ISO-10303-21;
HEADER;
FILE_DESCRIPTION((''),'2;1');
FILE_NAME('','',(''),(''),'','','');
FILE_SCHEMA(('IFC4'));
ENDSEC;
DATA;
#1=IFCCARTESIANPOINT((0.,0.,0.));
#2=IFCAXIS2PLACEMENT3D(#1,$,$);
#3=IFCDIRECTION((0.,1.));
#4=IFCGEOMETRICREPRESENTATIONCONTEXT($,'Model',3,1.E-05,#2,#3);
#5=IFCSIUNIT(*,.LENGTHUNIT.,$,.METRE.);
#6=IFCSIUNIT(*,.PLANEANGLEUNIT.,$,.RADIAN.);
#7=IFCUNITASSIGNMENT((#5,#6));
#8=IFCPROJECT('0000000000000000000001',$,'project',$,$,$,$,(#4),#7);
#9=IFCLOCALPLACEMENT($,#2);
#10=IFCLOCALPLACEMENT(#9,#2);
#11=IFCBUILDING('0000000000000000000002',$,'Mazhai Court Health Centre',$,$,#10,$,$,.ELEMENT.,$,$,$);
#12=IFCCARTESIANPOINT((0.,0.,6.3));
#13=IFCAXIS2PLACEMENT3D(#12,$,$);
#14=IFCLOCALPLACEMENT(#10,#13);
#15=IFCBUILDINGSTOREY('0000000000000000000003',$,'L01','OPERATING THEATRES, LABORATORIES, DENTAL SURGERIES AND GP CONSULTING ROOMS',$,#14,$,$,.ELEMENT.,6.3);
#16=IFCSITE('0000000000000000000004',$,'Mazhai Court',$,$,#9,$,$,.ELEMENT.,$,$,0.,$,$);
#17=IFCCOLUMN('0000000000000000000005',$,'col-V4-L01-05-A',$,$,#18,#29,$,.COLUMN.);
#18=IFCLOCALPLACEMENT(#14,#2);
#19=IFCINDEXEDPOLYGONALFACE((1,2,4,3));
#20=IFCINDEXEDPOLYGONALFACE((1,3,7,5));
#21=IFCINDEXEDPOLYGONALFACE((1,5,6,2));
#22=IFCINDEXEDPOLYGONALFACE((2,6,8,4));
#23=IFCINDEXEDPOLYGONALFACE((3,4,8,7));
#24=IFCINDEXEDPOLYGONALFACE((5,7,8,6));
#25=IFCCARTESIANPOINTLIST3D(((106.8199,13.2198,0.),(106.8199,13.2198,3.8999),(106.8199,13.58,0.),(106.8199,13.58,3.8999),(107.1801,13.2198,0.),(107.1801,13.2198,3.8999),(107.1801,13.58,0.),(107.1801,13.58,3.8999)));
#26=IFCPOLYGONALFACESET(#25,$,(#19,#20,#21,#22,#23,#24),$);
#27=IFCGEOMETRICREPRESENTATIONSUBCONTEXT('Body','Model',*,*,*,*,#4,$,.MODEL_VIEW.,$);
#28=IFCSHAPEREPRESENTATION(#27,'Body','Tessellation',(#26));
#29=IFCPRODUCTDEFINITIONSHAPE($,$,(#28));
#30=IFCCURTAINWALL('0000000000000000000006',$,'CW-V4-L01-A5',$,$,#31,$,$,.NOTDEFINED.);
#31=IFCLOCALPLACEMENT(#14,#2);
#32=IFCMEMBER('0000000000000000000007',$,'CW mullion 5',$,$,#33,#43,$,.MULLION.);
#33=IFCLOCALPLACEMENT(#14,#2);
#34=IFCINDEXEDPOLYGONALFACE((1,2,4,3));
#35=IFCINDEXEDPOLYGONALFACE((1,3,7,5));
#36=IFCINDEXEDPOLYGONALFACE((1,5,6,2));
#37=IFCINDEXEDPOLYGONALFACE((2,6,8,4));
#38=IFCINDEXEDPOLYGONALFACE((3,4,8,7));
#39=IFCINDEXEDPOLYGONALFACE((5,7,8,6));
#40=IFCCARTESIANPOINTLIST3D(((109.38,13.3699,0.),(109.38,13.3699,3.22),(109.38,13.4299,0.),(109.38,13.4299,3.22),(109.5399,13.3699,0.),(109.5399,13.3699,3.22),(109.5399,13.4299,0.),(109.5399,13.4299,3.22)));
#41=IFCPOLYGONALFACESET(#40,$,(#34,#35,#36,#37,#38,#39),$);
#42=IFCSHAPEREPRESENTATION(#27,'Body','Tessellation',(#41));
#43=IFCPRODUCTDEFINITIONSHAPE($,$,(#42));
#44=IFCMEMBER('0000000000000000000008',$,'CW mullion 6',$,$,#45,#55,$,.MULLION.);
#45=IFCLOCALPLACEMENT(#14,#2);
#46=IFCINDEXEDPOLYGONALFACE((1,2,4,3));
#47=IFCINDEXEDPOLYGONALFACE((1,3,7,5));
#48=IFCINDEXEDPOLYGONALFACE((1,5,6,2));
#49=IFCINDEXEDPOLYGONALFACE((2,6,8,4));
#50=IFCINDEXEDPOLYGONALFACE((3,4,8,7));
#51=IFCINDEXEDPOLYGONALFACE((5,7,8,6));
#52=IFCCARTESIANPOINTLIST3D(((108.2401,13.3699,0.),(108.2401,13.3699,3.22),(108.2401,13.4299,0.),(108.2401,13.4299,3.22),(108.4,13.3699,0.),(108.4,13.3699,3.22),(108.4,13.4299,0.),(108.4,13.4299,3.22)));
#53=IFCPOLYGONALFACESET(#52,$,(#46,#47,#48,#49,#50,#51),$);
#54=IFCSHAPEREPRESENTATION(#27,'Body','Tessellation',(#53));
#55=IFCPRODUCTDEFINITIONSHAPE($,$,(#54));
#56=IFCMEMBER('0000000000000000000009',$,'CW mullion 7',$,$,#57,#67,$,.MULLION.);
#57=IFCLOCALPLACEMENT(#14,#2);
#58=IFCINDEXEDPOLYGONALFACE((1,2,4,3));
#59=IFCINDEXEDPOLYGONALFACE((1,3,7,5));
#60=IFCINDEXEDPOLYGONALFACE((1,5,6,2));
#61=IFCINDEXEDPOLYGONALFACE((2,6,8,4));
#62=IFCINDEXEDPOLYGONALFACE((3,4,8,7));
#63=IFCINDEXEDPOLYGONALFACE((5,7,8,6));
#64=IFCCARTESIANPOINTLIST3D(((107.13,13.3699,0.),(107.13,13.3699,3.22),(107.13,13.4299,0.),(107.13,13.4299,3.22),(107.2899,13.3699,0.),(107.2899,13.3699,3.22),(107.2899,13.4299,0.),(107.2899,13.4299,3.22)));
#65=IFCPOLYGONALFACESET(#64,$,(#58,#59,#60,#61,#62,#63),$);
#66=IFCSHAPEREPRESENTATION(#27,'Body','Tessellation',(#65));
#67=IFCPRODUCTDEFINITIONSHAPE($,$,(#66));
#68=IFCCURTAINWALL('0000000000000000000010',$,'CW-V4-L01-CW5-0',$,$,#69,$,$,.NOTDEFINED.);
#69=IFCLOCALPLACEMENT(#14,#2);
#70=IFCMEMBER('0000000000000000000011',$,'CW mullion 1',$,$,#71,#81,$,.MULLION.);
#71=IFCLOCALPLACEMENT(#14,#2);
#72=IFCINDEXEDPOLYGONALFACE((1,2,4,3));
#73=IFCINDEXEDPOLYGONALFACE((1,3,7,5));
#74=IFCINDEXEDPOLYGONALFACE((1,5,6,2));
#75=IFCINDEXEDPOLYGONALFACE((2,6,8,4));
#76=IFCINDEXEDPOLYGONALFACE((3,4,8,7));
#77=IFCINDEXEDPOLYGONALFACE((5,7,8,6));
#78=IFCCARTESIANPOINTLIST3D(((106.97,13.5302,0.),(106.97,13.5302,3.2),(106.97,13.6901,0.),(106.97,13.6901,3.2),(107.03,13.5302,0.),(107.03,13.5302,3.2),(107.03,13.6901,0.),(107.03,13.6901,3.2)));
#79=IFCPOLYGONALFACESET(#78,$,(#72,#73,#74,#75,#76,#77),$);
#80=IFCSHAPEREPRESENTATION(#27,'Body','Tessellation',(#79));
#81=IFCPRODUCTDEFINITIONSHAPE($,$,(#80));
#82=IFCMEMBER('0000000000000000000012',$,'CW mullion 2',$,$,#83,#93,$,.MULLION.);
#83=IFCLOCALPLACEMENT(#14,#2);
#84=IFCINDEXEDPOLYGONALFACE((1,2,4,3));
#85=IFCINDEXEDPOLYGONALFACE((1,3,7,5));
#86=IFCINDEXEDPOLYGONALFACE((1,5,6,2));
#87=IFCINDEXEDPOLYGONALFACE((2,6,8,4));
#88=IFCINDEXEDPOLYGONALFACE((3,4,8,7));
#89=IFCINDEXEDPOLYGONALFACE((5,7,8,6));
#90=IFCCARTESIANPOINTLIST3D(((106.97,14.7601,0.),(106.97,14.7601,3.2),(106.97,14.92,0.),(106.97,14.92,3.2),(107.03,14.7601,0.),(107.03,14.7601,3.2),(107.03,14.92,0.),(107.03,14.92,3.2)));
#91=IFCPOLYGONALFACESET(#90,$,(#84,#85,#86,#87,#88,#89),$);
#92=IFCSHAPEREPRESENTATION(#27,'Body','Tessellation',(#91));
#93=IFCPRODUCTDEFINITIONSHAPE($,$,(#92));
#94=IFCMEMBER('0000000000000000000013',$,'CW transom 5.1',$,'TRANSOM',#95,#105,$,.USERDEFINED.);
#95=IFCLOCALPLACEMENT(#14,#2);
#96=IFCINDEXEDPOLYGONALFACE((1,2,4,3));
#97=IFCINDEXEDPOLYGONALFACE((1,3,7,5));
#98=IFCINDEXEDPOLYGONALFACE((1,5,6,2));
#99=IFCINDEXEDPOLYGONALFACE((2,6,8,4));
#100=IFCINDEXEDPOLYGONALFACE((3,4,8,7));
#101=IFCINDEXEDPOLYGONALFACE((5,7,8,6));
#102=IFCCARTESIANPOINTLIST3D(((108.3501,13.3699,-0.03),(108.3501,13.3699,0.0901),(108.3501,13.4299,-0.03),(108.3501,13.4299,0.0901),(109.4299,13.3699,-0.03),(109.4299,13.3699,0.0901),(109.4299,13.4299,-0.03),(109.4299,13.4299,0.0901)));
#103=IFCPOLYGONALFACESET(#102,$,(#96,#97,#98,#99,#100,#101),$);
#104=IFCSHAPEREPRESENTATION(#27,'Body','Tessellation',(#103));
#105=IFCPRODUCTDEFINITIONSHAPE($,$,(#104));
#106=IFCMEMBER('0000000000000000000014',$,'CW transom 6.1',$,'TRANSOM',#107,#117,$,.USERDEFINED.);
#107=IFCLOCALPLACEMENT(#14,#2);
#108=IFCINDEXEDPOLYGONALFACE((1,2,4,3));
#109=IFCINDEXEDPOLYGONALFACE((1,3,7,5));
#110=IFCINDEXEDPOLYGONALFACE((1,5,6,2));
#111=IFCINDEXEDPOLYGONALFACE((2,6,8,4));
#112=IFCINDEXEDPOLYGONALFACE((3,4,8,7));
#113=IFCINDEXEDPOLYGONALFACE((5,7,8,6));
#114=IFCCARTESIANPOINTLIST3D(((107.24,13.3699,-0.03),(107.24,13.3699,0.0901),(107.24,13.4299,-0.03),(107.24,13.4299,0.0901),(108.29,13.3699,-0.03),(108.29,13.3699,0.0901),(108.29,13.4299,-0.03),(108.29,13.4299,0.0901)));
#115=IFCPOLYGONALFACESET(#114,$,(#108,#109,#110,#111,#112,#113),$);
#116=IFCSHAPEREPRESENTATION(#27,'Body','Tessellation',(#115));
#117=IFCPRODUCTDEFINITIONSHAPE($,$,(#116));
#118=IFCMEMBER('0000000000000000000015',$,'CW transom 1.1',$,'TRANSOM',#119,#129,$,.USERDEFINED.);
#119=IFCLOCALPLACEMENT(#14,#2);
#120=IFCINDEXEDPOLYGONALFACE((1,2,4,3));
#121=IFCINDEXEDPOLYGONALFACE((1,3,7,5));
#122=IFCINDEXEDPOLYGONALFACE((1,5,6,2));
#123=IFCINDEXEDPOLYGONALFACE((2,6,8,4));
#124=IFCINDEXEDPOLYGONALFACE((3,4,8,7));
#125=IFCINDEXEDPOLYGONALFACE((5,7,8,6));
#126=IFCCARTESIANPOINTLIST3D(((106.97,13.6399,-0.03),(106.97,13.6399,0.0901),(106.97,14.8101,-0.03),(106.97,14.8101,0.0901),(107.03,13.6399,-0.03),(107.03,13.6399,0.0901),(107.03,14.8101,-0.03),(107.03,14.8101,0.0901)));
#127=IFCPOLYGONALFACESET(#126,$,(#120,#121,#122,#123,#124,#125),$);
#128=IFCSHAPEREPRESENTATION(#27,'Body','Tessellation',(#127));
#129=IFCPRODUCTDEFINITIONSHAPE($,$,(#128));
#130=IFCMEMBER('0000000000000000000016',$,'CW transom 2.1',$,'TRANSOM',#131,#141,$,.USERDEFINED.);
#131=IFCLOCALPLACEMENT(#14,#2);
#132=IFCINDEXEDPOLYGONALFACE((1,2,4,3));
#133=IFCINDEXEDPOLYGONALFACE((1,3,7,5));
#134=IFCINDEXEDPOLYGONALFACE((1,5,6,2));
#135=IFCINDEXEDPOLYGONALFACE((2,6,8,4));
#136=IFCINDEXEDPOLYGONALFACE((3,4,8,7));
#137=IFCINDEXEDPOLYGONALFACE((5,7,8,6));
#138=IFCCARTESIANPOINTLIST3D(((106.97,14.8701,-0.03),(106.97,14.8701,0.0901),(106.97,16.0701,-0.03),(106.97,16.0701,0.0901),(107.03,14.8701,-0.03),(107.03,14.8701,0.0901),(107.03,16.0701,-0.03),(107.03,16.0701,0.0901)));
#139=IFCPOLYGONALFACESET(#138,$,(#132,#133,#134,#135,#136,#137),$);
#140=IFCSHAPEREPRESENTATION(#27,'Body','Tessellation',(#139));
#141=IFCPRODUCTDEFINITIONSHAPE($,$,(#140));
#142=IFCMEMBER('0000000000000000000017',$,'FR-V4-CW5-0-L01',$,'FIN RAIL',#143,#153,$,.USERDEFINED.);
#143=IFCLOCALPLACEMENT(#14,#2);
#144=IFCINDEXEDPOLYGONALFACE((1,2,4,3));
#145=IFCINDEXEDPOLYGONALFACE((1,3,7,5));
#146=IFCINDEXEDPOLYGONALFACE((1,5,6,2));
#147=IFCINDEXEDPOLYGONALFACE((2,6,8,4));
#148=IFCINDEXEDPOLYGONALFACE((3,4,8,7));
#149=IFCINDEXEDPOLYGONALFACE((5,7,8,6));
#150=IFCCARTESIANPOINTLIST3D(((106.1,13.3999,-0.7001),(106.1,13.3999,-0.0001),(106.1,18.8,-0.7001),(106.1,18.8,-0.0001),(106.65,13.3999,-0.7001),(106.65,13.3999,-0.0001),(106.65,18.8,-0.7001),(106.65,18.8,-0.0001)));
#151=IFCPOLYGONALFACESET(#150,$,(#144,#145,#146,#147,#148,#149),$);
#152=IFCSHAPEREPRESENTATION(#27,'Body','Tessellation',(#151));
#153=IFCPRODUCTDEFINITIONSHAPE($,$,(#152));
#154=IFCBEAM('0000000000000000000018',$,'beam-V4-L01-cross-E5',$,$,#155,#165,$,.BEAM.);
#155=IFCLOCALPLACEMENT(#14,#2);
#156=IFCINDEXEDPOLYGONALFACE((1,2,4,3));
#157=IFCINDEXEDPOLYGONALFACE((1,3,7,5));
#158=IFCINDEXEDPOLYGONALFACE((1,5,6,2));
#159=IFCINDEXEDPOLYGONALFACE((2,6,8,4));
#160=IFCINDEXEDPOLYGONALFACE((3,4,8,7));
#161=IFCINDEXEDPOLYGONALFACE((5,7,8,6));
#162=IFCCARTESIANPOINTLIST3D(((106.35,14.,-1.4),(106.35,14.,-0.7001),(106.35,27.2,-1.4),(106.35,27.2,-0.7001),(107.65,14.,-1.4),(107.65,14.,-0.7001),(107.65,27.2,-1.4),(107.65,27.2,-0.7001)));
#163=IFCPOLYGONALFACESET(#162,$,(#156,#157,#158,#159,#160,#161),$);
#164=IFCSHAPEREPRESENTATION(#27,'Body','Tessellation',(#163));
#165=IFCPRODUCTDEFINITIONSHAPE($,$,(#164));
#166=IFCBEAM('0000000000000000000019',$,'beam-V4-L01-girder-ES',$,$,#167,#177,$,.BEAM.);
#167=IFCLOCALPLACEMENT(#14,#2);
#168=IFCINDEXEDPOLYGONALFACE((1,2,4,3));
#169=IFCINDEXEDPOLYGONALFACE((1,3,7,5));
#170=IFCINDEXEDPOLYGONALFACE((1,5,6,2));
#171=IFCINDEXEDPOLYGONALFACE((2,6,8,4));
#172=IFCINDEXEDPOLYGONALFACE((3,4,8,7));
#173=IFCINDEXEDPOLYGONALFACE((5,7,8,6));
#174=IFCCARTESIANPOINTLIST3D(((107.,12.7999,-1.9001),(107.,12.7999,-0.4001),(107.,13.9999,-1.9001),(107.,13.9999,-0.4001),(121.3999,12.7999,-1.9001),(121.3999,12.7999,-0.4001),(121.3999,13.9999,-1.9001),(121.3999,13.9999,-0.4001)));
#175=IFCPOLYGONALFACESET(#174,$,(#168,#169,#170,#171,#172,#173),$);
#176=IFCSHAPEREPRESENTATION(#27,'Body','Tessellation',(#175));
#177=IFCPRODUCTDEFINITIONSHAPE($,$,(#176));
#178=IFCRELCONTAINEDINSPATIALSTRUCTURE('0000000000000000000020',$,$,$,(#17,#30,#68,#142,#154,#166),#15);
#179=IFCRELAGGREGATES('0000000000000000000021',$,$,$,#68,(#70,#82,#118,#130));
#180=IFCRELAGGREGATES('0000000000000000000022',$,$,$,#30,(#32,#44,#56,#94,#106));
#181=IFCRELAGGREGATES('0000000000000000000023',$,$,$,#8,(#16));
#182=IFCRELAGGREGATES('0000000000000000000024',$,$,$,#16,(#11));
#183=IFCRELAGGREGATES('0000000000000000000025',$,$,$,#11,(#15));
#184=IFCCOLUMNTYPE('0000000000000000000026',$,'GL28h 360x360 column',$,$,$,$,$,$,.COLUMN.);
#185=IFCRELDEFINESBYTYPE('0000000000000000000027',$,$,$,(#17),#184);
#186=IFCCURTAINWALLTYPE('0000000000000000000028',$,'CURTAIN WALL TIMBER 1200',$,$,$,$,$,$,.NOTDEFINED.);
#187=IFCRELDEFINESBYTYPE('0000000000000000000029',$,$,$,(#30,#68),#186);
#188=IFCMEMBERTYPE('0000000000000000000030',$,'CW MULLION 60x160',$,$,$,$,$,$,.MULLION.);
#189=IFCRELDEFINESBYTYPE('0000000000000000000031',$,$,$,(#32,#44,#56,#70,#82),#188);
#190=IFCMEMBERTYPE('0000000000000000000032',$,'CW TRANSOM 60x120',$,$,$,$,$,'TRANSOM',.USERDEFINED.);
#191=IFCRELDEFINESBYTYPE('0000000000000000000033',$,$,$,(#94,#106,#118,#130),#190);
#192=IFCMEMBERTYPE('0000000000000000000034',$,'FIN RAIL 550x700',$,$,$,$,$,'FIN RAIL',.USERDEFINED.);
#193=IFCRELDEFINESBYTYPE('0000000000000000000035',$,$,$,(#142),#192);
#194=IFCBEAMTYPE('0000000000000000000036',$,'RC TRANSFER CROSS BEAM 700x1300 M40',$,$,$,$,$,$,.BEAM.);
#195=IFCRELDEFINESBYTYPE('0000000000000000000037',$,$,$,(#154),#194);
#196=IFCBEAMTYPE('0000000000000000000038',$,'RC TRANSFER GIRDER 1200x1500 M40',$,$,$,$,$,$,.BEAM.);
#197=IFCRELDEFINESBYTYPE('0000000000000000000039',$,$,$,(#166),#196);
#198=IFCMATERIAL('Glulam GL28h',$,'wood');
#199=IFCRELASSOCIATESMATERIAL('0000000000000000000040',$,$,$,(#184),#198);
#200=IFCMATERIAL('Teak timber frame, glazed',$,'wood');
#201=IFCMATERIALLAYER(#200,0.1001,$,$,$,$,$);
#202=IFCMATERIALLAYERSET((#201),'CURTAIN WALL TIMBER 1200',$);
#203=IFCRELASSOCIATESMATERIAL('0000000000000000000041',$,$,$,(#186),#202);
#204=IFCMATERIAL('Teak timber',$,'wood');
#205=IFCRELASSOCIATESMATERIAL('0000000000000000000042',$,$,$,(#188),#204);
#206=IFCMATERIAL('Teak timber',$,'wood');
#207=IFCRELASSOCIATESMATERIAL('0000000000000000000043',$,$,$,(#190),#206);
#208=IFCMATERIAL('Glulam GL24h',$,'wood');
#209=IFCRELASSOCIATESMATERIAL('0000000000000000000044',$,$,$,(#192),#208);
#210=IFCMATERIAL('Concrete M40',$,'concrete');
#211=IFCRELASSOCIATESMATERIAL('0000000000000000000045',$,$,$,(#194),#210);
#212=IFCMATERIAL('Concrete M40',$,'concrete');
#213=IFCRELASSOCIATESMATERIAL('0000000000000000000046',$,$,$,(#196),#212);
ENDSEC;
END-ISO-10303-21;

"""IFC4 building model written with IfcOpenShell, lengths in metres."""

from ifc_helpers import new_model, si_unit, direction, frame, origin, origin_2d, place, context, subcontext, project, spatial, rectangle, extrude, material, layer, layer_set, material_profile, profile_set, type_object, element, aggregate, save


model = new_model("IFC4")

# Units and contexts
model_context = context("Model", 3, precision=1e-05, world=origin(), true_north=direction((0.0, 1.0)))
body_context = subcontext(model_context, "Body", "Model", "MODEL_VIEW")
ifc_project = project(units=[si_unit("LENGTHUNIT", "METRE"), si_unit("PLANEANGLEUNIT", "RADIAN")], contexts=[model_context])

# Site, building, storey
site_placement = place(None, origin())
site = spatial("IfcSite", under=ifc_project, at=site_placement, Name="Mazhai Court", CompositionType="ELEMENT", RefElevation=0.0)
building_placement = place(site_placement, origin())
building = spatial("IfcBuilding", under=site, at=building_placement, Name="Mazhai Court Health Centre", CompositionType="ELEMENT")
storey_placement = place(building_placement, frame((0.0, 0.0, 6.3)))
storey = spatial("IfcBuildingStorey", under=building, at=storey_placement, Name="L01", Description="OPERATING THEATRES, LABORATORIES, DENTAL SURGERIES AND GP CONSULTING ROOMS", CompositionType="ELEMENT", Elevation=6.3)

# Column
ifc_material_1 = material(Name="Glulam GL28h", Category="wood")
ifc_material_profile_1 = material_profile(ifc_material_1, rectangle(XDim=0.3601, YDim=0.3601, at=origin_2d()), Name="GL28h 360x360")
ifc_profile_set_1 = profile_set([ifc_material_profile_1], Name="Glulam GL28h")
column_type = type_object("IfcColumnType", Name="GL28h 360x360 column", PredefinedType="COLUMN", material=ifc_profile_set_1)
column_placement = place(storey_placement, frame((107.0, 13.3999, 0.0), z_axis=(0.0, 0.0, 1.0), x_axis=(1.0, 0.0, 0.0)))
element("IfcColumn", 1, at=column_placement, inside=storey, type_object=column_type, Name="col-V4-L01-05-A", PredefinedType="COLUMN", context=body_context, shape_type="SweptSolid", body=[
    extrude(rectangle(XDim=0.3601, YDim=0.3601, at=origin_2d()), origin(), (0.0, 0.0, 1.0), 3.8999),
])

# Curtain walls, members
ifc_material_2 = material(Name="Teak timber frame, glazed", Category="wood")
ifc_layer_1 = layer(ifc_material_2, 0.1001)
ifc_layer_set_1 = layer_set([ifc_layer_1], Name="CURTAIN WALL TIMBER 1200")
curtain_wall_type = type_object("IfcCurtainWallType", Name="CURTAIN WALL TIMBER 1200", PredefinedType="NOTDEFINED", material=ifc_layer_set_1)
curtain_wall_1_placement = place(storey_placement, origin())
curtain_wall_1 = element("IfcCurtainWall", 2, at=curtain_wall_1_placement, inside=storey, type_object=curtain_wall_type, Name="CW-V4-L01-A5", PredefinedType="NOTDEFINED")
ifc_material_3 = material(Name="Teak timber", Category="wood")
ifc_material_profile_2 = material_profile(ifc_material_3, rectangle(XDim=0.0601, YDim=0.1599, at=origin_2d()), Name="CW MULLION 60x160")
ifc_profile_set_2 = profile_set([ifc_material_profile_2], Name="Teak timber")
member_type_1 = type_object("IfcMemberType", Name="CW MULLION 60x160", PredefinedType="MULLION", material=ifc_profile_set_2)
member_1_placement = place(storey_placement, frame((109.46, 13.3999, 0.0), z_axis=(0.0, 0.0, 1.0), x_axis=(0.0, -1.0, 0.0)))
member_1 = element("IfcMember", 3, at=member_1_placement, type_object=member_type_1, Name="CW mullion 5", PredefinedType="MULLION", context=body_context, shape_type="SweptSolid", body=[
    extrude(rectangle(XDim=0.0601, YDim=0.1599, at=origin_2d()), origin(), (0.0, 0.0, 1.0), 3.22),
])
member_2_placement = place(storey_placement, frame((108.3201, 13.3999, 0.0), z_axis=(0.0, 0.0, 1.0), x_axis=(0.0, -1.0, 0.0)))
member_2 = element("IfcMember", 4, at=member_2_placement, type_object=member_type_1, Name="CW mullion 6", PredefinedType="MULLION", context=body_context, shape_type="SweptSolid", body=[
    extrude(rectangle(XDim=0.0601, YDim=0.1599, at=origin_2d()), origin(), (0.0, 0.0, 1.0), 3.22),
])
member_3_placement = place(storey_placement, frame((107.21, 13.3999, 0.0), z_axis=(0.0, 0.0, 1.0), x_axis=(0.0, -1.0, 0.0)))
member_3 = element("IfcMember", 5, at=member_3_placement, type_object=member_type_1, Name="CW mullion 7", PredefinedType="MULLION", context=body_context, shape_type="SweptSolid", body=[
    extrude(rectangle(XDim=0.0601, YDim=0.1599, at=origin_2d()), origin(), (0.0, 0.0, 1.0), 3.22),
])
curtain_wall_2_placement = place(storey_placement, origin())
curtain_wall_2 = element("IfcCurtainWall", 6, at=curtain_wall_2_placement, inside=storey, type_object=curtain_wall_type, Name="CW-V4-L01-CW5-0", PredefinedType="NOTDEFINED")
member_4_placement = place(storey_placement, frame((107.0, 13.6101, 0.0), z_axis=(0.0, 0.0, 1.0), x_axis=(-1.0, 0.0, 0.0)))
member_4 = element("IfcMember", 7, at=member_4_placement, type_object=member_type_1, Name="CW mullion 1", PredefinedType="MULLION", context=body_context, shape_type="SweptSolid", body=[
    extrude(rectangle(XDim=0.0601, YDim=0.1599, at=origin_2d()), origin(), (0.0, 0.0, 1.0), 3.2),
])
member_5_placement = place(storey_placement, frame((107.0, 14.8401, 0.0), z_axis=(0.0, 0.0, 1.0), x_axis=(-1.0, 0.0, 0.0)))
member_5 = element("IfcMember", 8, at=member_5_placement, type_object=member_type_1, Name="CW mullion 2", PredefinedType="MULLION", context=body_context, shape_type="SweptSolid", body=[
    extrude(rectangle(XDim=0.0601, YDim=0.1599, at=origin_2d()), origin(), (0.0, 0.0, 1.0), 3.2),
])

# Members
ifc_material_4 = material(Name="Teak timber", Category="wood")
ifc_material_profile_3 = material_profile(ifc_material_4, rectangle(XDim=0.0601, YDim=0.1201, at=origin_2d()), Name="CW TRANSOM 60x120")
ifc_profile_set_3 = profile_set([ifc_material_profile_3], Name="Teak timber")
member_type_2 = type_object("IfcMemberType", Name="CW TRANSOM 60x120", ElementType="TRANSOM", PredefinedType="USERDEFINED", material=ifc_profile_set_3)
member_6_placement = place(storey_placement, frame((109.4299, 13.3999, 0.03), z_axis=(-1.0, 0.0, 0.0), x_axis=(0.0, -1.0, 0.0)))
member_6 = element("IfcMember", 9, at=member_6_placement, type_object=member_type_2, Name="CW transom 5.1", ObjectType="TRANSOM", PredefinedType="USERDEFINED", context=body_context, shape_type="SweptSolid", body=[
    extrude(rectangle(XDim=0.0601, YDim=0.1201, at=origin_2d()), origin(), (0.0, 0.0, 1.0), 1.0798),
])
member_7_placement = place(storey_placement, frame((108.29, 13.3999, 0.03), z_axis=(-1.0, 0.0, 0.0), x_axis=(0.0, -1.0, 0.0)))
member_7 = element("IfcMember", 10, at=member_7_placement, type_object=member_type_2, Name="CW transom 6.1", ObjectType="TRANSOM", PredefinedType="USERDEFINED", context=body_context, shape_type="SweptSolid", body=[
    extrude(rectangle(XDim=0.0601, YDim=0.1201, at=origin_2d()), origin(), (0.0, 0.0, 1.0), 1.05),
])
member_8_placement = place(storey_placement, frame((107.0, 13.6399, 0.03), z_axis=(0.0, 1.0, 0.0), x_axis=(-1.0, 0.0, 0.0)))
member_8 = element("IfcMember", 11, at=member_8_placement, type_object=member_type_2, Name="CW transom 1.1", ObjectType="TRANSOM", PredefinedType="USERDEFINED", context=body_context, shape_type="SweptSolid", body=[
    extrude(rectangle(XDim=0.0601, YDim=0.1201, at=origin_2d()), origin(), (0.0, 0.0, 1.0), 1.1702),
])
member_9_placement = place(storey_placement, frame((107.0, 14.8701, 0.03), z_axis=(0.0, 1.0, 0.0), x_axis=(-1.0, 0.0, 0.0)))
member_9 = element("IfcMember", 12, at=member_9_placement, type_object=member_type_2, Name="CW transom 2.1", ObjectType="TRANSOM", PredefinedType="USERDEFINED", context=body_context, shape_type="SweptSolid", body=[
    extrude(rectangle(XDim=0.0601, YDim=0.1201, at=origin_2d()), origin(), (0.0, 0.0, 1.0), 1.2),
])
aggregate(curtain_wall_2, [member_4, member_5, member_8, member_9])
ifc_material_5 = material(Name="Glulam GL24h", Category="wood")
ifc_material_profile_4 = material_profile(ifc_material_5, rectangle(XDim=0.55, YDim=0.7, at=origin_2d()), Name="FIN RAIL 550x700")
ifc_profile_set_4 = profile_set([ifc_material_profile_4], Name="Glulam GL24h")
member_type_3 = type_object("IfcMemberType", Name="FIN RAIL 550x700", ElementType="FIN RAIL", PredefinedType="USERDEFINED", material=ifc_profile_set_4)
member_10_placement = place(storey_placement, frame((106.375, 13.3999, -0.3501), z_axis=(0.0, 1.0, 0.0), x_axis=(-1.0, 0.0, 0.0)))
element("IfcMember", 13, at=member_10_placement, inside=storey, type_object=member_type_3, Name="FR-V4-CW5-0-L01", ObjectType="FIN RAIL", PredefinedType="USERDEFINED", context=body_context, shape_type="SweptSolid", body=[
    extrude(rectangle(XDim=0.55, YDim=0.7, at=origin_2d()), origin(), (0.0, 0.0, 1.0), 5.4001),
])

# Beams
ifc_material_6 = material(Name="Concrete M40", Category="concrete")
ifc_material_profile_5 = material_profile(ifc_material_6, rectangle(XDim=0.7, YDim=1.3, at=origin_2d()), Name="RC 700x1300")
ifc_profile_set_5 = profile_set([ifc_material_profile_5], Name="Concrete M40")
beam_type_1 = type_object("IfcBeamType", Name="RC TRANSFER CROSS BEAM 700x1300 M40", PredefinedType="BEAM", material=ifc_profile_set_5)
beam_1_placement = place(storey_placement, frame((107.0, 14.0, -1.05), z_axis=(0.0, 1.0, 0.0), x_axis=(0.0, 0.0, 1.0)))
element("IfcBeam", 14, at=beam_1_placement, inside=storey, type_object=beam_type_1, Name="beam-V4-L01-cross-E5", PredefinedType="BEAM", context=body_context, shape_type="SweptSolid", body=[
    extrude(rectangle(XDim=0.7, YDim=1.3, at=origin_2d()), origin(), (0.0, 0.0, 1.0), 13.2),
])
ifc_material_7 = material(Name="Concrete M40", Category="concrete")
ifc_material_profile_6 = material_profile(ifc_material_7, rectangle(XDim=1.2, YDim=1.5, at=origin_2d()), Name="RC 1200x1500")
ifc_profile_set_6 = profile_set([ifc_material_profile_6], Name="Concrete M40")
beam_type_2 = type_object("IfcBeamType", Name="RC TRANSFER GIRDER 1200x1500 M40", PredefinedType="BEAM", material=ifc_profile_set_6)
beam_2_placement = place(storey_placement, frame((107.0, 13.3999, -1.1501), z_axis=(1.0, 0.0, 0.0), x_axis=(0.0, 1.0, 0.0)))
element("IfcBeam", 15, at=beam_2_placement, inside=storey, type_object=beam_type_2, Name="beam-V4-L01-girder-ES", PredefinedType="BEAM", context=body_context, shape_type="SweptSolid", body=[
    extrude(rectangle(XDim=1.2, YDim=1.5, at=origin_2d()), origin(), (0.0, 0.0, 1.0), 14.3999),
])

aggregate(curtain_wall_1, [member_1, member_2, member_3, member_6, member_7])

save(model, "model.ifc")
